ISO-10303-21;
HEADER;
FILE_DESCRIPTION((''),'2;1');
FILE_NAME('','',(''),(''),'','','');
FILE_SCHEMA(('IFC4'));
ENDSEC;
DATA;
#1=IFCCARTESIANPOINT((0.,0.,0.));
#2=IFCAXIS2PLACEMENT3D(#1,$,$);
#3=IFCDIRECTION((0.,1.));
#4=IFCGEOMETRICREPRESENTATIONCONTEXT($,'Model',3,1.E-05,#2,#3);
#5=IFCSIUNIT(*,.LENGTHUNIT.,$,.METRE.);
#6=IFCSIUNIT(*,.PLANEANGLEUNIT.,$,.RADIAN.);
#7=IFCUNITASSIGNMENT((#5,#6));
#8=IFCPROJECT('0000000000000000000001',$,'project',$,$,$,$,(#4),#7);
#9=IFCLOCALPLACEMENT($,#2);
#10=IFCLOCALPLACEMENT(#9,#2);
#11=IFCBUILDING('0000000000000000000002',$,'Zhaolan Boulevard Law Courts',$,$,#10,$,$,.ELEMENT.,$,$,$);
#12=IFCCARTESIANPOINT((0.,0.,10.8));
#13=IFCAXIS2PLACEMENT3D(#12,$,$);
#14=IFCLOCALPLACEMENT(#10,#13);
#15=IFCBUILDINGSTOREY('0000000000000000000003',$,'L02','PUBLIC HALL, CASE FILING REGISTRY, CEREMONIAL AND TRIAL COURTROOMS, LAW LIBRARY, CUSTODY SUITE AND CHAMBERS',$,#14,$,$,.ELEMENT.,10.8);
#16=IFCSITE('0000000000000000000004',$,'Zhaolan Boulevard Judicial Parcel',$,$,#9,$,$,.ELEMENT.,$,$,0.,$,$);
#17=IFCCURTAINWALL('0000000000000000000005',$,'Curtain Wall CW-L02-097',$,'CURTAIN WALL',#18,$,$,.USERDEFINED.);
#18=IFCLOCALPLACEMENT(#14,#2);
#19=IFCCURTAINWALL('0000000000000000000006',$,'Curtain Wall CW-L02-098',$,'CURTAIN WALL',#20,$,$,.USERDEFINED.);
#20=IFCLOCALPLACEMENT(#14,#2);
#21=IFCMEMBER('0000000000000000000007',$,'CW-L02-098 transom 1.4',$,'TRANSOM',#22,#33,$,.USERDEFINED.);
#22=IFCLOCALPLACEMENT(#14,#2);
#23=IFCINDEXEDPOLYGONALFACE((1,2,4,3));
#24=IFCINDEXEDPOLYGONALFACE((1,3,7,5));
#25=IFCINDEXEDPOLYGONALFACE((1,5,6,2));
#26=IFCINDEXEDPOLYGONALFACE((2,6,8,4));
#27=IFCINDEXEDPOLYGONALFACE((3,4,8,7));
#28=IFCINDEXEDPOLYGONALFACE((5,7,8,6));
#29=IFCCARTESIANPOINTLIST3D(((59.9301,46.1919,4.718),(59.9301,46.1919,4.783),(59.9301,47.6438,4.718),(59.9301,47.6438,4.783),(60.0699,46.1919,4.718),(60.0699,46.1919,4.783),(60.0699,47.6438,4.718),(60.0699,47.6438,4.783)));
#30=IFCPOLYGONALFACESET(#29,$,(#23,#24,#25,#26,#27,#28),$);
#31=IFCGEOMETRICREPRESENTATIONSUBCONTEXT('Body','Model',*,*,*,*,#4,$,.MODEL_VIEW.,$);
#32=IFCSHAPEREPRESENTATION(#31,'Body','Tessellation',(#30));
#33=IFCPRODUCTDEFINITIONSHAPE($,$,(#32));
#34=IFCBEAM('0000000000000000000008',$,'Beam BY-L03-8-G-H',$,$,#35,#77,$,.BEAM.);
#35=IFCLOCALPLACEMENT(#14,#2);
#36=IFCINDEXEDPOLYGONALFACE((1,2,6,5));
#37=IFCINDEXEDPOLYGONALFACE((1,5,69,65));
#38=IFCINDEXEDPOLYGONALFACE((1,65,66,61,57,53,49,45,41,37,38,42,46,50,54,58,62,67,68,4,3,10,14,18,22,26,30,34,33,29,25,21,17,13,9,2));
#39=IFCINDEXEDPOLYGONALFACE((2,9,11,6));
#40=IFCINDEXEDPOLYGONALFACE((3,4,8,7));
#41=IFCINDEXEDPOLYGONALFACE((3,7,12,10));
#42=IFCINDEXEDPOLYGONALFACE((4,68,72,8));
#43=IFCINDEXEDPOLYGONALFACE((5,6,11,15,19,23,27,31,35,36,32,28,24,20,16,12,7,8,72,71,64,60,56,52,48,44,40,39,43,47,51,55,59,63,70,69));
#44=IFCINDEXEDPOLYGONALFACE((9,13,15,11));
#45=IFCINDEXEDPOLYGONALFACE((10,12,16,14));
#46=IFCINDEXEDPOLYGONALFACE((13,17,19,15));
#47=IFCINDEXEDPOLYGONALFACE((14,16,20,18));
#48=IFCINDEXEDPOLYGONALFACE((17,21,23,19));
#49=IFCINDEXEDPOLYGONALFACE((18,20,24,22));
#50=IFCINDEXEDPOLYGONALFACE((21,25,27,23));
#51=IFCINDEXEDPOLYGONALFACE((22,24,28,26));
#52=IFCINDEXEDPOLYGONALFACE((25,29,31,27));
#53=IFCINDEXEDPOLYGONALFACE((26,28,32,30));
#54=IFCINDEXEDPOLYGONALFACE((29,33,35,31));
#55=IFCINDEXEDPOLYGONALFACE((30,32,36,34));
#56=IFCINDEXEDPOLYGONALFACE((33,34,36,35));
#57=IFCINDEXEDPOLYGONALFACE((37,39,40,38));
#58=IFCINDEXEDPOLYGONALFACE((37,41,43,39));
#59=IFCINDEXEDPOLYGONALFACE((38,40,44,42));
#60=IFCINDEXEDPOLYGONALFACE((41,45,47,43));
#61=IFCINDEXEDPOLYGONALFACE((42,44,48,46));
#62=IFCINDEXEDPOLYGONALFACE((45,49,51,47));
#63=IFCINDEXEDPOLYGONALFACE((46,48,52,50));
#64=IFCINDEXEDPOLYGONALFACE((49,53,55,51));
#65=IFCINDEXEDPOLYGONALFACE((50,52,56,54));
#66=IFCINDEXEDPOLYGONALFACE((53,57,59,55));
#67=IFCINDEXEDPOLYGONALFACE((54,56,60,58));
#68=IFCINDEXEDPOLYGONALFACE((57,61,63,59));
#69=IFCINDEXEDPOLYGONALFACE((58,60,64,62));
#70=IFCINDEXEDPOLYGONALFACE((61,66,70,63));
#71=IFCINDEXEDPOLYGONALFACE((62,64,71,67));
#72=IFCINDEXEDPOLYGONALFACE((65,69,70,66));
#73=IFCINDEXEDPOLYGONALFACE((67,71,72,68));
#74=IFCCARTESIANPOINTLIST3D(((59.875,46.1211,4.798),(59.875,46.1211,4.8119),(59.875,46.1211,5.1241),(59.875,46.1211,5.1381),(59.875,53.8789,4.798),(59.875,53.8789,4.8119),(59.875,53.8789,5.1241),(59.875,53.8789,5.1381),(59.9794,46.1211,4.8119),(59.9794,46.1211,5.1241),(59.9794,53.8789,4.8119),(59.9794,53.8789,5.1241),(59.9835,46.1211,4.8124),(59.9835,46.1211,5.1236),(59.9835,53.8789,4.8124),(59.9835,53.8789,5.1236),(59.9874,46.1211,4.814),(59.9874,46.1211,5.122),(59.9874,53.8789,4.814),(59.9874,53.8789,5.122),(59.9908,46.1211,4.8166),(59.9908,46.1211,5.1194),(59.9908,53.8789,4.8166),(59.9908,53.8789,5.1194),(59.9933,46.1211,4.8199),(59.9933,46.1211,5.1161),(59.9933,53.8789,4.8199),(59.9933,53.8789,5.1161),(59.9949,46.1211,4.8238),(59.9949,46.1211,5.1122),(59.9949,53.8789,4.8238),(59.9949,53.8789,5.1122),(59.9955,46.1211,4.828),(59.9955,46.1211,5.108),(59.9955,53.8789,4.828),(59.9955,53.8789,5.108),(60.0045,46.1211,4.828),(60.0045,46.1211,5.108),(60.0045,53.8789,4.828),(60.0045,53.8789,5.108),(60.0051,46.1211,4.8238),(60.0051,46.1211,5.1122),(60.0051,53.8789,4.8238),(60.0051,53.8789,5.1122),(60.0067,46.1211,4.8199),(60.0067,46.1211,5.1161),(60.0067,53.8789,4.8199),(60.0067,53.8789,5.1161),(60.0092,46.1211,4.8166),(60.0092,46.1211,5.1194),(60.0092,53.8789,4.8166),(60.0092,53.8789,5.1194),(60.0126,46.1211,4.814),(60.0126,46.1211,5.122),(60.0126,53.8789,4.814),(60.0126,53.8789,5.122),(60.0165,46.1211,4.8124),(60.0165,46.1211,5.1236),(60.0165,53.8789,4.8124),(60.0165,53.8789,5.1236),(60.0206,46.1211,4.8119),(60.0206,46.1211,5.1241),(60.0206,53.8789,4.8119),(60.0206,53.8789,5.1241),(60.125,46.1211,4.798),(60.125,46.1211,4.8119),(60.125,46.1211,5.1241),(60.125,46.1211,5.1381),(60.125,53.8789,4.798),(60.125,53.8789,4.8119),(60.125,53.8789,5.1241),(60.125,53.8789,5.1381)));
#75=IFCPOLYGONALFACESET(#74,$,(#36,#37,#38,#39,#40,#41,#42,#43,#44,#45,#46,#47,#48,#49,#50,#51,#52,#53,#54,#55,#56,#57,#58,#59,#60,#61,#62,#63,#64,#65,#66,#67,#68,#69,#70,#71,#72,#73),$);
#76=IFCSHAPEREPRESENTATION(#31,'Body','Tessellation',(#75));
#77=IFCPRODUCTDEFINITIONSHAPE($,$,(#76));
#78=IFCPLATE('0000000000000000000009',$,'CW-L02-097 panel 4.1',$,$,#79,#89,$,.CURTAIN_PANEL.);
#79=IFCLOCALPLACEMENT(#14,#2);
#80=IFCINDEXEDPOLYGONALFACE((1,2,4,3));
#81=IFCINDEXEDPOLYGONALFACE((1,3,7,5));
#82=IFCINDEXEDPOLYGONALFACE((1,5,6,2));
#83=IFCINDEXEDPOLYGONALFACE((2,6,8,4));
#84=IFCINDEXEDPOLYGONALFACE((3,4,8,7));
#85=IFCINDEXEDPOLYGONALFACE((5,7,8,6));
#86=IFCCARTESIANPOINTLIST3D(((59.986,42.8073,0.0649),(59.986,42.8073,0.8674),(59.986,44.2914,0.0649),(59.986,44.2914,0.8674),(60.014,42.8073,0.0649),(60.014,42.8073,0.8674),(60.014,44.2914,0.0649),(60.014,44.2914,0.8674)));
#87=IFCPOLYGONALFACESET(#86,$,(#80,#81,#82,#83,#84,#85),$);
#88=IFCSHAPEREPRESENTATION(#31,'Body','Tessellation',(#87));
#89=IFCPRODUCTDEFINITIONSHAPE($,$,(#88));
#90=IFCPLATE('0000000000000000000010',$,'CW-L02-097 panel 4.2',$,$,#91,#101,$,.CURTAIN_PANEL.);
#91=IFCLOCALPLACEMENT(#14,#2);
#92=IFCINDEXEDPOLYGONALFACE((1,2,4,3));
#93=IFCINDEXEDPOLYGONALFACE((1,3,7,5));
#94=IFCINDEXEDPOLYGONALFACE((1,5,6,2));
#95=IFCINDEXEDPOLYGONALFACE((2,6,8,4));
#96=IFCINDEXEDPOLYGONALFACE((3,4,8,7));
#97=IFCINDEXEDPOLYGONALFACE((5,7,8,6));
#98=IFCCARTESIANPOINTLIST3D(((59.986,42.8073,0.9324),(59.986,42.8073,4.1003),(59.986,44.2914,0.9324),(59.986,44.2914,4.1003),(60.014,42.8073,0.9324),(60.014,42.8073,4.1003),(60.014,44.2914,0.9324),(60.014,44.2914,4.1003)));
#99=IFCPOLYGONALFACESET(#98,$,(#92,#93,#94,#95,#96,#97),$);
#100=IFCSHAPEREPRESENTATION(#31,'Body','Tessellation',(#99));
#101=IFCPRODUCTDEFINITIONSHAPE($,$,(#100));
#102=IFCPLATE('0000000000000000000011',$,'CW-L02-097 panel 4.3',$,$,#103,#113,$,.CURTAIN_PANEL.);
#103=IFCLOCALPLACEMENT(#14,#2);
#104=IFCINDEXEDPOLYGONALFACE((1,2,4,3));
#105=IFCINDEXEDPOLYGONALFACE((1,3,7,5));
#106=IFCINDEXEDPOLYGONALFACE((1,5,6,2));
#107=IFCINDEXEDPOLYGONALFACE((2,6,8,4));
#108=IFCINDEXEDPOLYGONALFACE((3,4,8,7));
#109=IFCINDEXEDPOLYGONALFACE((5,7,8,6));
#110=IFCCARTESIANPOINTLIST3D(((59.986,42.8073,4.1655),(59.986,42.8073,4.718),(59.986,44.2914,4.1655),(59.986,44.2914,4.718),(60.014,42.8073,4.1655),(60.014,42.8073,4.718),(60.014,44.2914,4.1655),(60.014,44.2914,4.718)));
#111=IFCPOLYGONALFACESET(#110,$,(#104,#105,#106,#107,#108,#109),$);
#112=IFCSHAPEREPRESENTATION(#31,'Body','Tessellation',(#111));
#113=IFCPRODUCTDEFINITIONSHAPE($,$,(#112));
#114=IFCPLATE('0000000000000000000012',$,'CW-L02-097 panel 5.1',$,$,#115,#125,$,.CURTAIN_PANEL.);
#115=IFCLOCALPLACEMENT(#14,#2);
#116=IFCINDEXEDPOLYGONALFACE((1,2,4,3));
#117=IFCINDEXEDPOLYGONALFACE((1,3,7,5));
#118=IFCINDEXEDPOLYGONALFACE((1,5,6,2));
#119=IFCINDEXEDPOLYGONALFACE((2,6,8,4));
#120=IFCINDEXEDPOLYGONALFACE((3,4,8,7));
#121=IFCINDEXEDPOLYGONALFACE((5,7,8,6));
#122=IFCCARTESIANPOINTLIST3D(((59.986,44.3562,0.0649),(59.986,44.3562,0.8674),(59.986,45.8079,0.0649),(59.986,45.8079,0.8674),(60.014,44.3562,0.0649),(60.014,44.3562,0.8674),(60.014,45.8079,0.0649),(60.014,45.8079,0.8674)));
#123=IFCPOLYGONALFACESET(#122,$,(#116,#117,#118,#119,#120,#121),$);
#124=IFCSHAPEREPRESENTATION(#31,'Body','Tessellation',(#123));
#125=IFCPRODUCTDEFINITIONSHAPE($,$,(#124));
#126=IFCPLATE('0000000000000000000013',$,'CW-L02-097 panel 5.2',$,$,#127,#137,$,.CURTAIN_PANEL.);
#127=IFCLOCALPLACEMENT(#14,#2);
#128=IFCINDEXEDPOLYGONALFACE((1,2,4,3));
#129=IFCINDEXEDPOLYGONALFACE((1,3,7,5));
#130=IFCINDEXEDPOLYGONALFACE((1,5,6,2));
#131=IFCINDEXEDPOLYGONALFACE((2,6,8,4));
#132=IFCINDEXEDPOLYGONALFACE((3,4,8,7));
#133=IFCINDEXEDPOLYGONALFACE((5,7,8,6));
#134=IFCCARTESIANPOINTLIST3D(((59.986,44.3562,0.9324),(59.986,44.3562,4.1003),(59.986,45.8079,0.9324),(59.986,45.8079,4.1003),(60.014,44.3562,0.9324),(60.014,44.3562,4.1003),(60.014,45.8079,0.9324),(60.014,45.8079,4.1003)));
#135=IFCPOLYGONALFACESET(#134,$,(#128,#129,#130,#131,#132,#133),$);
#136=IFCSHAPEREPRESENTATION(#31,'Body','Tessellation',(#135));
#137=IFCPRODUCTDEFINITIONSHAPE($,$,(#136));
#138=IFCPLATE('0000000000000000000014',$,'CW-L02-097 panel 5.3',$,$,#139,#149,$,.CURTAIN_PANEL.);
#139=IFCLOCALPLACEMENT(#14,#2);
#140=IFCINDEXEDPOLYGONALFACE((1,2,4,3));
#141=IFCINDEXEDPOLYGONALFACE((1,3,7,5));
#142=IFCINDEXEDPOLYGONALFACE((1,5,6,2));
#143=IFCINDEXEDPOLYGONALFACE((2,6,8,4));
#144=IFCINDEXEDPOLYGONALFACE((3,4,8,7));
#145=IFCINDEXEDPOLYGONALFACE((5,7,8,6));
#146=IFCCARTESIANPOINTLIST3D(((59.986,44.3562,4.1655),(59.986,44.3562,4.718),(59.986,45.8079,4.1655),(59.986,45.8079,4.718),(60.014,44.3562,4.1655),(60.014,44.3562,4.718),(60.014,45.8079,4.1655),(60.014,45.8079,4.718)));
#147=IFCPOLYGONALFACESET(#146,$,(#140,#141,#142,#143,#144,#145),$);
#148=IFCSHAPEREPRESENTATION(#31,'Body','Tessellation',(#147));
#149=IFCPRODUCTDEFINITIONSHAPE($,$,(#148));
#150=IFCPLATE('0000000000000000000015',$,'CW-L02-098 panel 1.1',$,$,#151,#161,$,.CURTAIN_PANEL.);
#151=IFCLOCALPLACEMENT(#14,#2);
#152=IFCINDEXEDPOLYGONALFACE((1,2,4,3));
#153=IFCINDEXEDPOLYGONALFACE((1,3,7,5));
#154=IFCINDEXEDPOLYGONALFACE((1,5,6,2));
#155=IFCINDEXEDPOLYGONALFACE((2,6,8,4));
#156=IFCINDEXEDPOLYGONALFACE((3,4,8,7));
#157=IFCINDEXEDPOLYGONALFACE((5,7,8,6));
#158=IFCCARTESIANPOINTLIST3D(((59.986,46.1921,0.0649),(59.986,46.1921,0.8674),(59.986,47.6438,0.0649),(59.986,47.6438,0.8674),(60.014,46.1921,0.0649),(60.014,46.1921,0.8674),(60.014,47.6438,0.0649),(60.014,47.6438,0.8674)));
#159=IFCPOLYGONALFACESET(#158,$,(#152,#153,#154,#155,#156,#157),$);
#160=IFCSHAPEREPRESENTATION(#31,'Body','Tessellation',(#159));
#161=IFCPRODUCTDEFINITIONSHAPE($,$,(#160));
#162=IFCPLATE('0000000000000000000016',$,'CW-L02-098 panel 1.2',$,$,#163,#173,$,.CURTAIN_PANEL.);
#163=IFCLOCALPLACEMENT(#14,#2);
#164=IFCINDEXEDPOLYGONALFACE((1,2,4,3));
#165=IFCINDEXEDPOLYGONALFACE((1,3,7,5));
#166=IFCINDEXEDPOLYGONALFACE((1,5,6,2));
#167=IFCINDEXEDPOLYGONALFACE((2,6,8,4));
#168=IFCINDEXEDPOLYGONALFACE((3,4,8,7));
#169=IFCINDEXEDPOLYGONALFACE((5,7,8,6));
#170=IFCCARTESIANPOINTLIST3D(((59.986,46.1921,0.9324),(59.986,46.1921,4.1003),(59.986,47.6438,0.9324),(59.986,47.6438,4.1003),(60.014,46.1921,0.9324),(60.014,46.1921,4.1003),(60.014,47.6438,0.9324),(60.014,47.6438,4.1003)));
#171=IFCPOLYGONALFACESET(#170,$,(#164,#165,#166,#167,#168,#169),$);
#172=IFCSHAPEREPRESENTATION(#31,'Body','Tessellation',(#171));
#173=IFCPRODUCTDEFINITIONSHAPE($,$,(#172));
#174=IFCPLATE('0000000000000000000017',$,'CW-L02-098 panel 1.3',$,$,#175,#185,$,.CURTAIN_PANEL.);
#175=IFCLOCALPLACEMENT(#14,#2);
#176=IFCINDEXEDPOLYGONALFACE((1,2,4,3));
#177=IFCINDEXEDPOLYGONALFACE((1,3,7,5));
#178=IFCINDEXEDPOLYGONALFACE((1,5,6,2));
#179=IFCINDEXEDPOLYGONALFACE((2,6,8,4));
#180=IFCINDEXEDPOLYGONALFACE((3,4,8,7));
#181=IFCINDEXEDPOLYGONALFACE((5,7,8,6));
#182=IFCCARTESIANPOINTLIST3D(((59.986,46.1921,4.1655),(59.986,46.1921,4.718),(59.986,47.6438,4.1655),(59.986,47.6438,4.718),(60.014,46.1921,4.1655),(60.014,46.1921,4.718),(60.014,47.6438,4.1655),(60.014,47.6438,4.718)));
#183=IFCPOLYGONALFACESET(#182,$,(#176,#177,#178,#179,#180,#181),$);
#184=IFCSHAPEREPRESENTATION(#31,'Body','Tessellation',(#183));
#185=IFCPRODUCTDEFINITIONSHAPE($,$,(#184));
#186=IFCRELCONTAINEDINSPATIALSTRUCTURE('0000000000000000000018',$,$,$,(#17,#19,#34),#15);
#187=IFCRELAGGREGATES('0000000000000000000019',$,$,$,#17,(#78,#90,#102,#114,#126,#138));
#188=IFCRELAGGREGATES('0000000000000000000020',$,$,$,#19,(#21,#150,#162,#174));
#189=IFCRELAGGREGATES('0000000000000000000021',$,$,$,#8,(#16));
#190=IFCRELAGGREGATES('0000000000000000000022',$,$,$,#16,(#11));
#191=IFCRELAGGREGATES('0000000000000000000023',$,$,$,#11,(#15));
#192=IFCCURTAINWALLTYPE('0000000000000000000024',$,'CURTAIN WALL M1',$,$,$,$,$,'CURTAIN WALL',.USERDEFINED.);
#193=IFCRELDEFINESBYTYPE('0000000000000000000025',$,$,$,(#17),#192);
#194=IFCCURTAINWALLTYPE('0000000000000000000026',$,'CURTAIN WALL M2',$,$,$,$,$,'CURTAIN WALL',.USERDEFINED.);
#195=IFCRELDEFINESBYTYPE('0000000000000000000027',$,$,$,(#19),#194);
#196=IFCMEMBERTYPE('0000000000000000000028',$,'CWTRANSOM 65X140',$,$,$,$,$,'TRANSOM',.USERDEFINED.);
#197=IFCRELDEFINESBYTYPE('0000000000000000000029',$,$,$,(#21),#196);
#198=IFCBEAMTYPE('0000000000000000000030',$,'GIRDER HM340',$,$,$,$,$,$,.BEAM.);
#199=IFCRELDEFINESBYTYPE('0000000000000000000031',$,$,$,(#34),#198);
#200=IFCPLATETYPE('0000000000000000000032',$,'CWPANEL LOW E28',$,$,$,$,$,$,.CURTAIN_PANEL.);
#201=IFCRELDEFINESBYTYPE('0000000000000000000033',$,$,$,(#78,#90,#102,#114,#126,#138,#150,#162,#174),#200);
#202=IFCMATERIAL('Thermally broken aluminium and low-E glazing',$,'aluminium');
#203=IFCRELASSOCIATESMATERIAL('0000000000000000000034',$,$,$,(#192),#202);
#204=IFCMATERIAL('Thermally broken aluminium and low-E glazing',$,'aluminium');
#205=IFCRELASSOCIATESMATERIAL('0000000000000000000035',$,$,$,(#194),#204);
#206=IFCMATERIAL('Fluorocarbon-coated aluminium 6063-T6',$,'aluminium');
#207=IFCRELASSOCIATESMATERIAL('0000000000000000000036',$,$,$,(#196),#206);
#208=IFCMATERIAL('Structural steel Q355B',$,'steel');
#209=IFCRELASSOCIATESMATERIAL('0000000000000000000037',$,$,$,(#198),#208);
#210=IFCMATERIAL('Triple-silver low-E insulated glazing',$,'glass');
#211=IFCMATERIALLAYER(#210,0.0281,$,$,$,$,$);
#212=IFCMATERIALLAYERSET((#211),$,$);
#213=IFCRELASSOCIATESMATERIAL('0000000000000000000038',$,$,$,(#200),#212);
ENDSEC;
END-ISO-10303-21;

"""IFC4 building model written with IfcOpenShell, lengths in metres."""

from ifc_helpers import new_model, si_unit, direction, frame, origin, origin_2d, place, context, subcontext, project, spatial, rectangle, i_section, extrude, material, layer, layer_set, material_profile, profile_set, type_object, element, aggregate, save


model = new_model("IFC4")

# Units and contexts
model_context = context("Model", 3, precision=1e-05, world=origin(), true_north=direction((0.0, 1.0)))
body_context = subcontext(model_context, "Body", "Model", "MODEL_VIEW")
ifc_project = project(units=[si_unit("LENGTHUNIT", "METRE"), si_unit("PLANEANGLEUNIT", "RADIAN")], contexts=[model_context])

# Site, building, storey
site_placement = place(None, origin())
site = spatial("IfcSite", under=ifc_project, at=site_placement, Name="Zhaolan Boulevard Judicial Parcel", CompositionType="ELEMENT", RefElevation=0.0)
building_placement = place(site_placement, origin())
building = spatial("IfcBuilding", under=site, at=building_placement, Name="Zhaolan Boulevard Law Courts", CompositionType="ELEMENT")
storey_placement = place(building_placement, frame((0.0, 0.0, 10.8)))
storey = spatial("IfcBuildingStorey", under=building, at=storey_placement, Name="L02", Description="PUBLIC HALL, CASE FILING REGISTRY, CEREMONIAL AND TRIAL COURTROOMS, LAW LIBRARY, CUSTODY SUITE AND CHAMBERS", CompositionType="ELEMENT", Elevation=10.8)

# Curtain wall
ifc_material_1 = material(Name="Thermally broken aluminium and low-E glazing", Category="aluminium")
curtain_wall_type_1 = type_object("IfcCurtainWallType", Name="CURTAIN WALL M1", ElementType="CURTAIN WALL", PredefinedType="USERDEFINED", material=ifc_material_1)
curtain_wall_1_placement = place(storey_placement, origin())
curtain_wall_1 = element("IfcCurtainWall", 1, at=curtain_wall_1_placement, inside=storey, type_object=curtain_wall_type_1, Name="Curtain Wall CW-L02-097", ObjectType="CURTAIN WALL", PredefinedType="USERDEFINED")

# Curtain wall
ifc_material_2 = material(Name="Thermally broken aluminium and low-E glazing", Category="aluminium")
curtain_wall_type_2 = type_object("IfcCurtainWallType", Name="CURTAIN WALL M2", ElementType="CURTAIN WALL", PredefinedType="USERDEFINED", material=ifc_material_2)
curtain_wall_2_placement = place(storey_placement, origin())
curtain_wall_2 = element("IfcCurtainWall", 2, at=curtain_wall_2_placement, inside=storey, type_object=curtain_wall_type_2, Name="Curtain Wall CW-L02-098", ObjectType="CURTAIN WALL", PredefinedType="USERDEFINED")

# Member
ifc_material_3 = material(Name="Fluorocarbon-coated aluminium 6063-T6", Category="aluminium")
ifc_material_profile_1 = material_profile(ifc_material_3, rectangle(XDim=0.1399, YDim=0.0649, at=origin_2d()), Name="AL65x140")
ifc_profile_set_1 = profile_set([ifc_material_profile_1], Name="Fluorocarbon-coated aluminium 6063-T6")
member_type_1 = type_object("IfcMemberType", Name="CWTRANSOM 65X140", ElementType="TRANSOM", PredefinedType="USERDEFINED", material=ifc_profile_set_1)
member_1_placement = place(storey_placement, frame((60.0, 46.1919, 4.7505), z_axis=(0.0, 1.0, 0.0), x_axis=(-1.0, 0.0, 0.0)))
member_1 = element("IfcMember", 3, at=member_1_placement, type_object=member_type_1, Name="CW-L02-098 transom 1.4", ObjectType="TRANSOM", PredefinedType="USERDEFINED", context=body_context, shape_type="SweptSolid", body=[
    extrude(rectangle(XDim=0.1399, YDim=0.0649, at=origin_2d()), origin(), (0.0, 0.0, 1.0), 1.4519),
])

# Beam
ifc_material_4 = material(Name="Structural steel Q355B", Category="steel")
ifc_material_profile_2 = material_profile(ifc_material_4, i_section(OverallWidth=0.25, OverallDepth=0.3401, WebThickness=0.009, FlangeThickness=0.0139, FilletRadius=0.0161, at=origin_2d()), Name="HM340x250")
ifc_profile_set_2 = profile_set([ifc_material_profile_2], Name="Structural steel Q355B")
beam_type = type_object("IfcBeamType", Name="GIRDER HM340", PredefinedType="BEAM", material=ifc_profile_set_2)
beam_placement = place(storey_placement, frame((60.0, 46.1211, 4.968), z_axis=(0.0, 1.0, 0.0), x_axis=(-1.0, 0.0, 0.0)))
element("IfcBeam", 4, at=beam_placement, inside=storey, type_object=beam_type, Name="Beam BY-L03-8-G-H", PredefinedType="BEAM", context=body_context, shape_type="SweptSolid", body=[
    extrude(i_section(OverallWidth=0.25, OverallDepth=0.3401, WebThickness=0.009, FlangeThickness=0.0139, FilletRadius=0.0161, at=origin_2d()), origin(), (0.0, 0.0, 1.0), 7.7578),
])

# Plates
ifc_material_5 = material(Name="Triple-silver low-E insulated glazing", Category="glass")
ifc_layer = layer(ifc_material_5, 0.0281)
ifc_layer_set = layer_set([ifc_layer])
plate_type = type_object("IfcPlateType", Name="CWPANEL LOW E28", PredefinedType="CURTAIN_PANEL", material=ifc_layer_set)
plate_1_placement = place(storey_placement, frame((60.0, 43.5493, 0.0649), z_axis=(0.0, 0.0, 1.0), x_axis=(0.0, 1.0, 0.0)))
plate_1 = element("IfcPlate", 5, at=plate_1_placement, type_object=plate_type, Name="CW-L02-097 panel 4.1", PredefinedType="CURTAIN_PANEL", context=body_context, shape_type="SweptSolid", body=[
    extrude(rectangle(XDim=1.4841, YDim=0.0281, at=origin_2d()), origin(), (0.0, 0.0, 1.0), 0.8025),
])
plate_2_placement = place(storey_placement, frame((60.0, 43.5493, 0.9324), z_axis=(0.0, 0.0, 1.0), x_axis=(0.0, 1.0, 0.0)))
plate_2 = element("IfcPlate", 6, at=plate_2_placement, type_object=plate_type, Name="CW-L02-097 panel 4.2", PredefinedType="CURTAIN_PANEL", context=body_context, shape_type="SweptSolid", body=[
    extrude(rectangle(XDim=1.4841, YDim=0.0281, at=origin_2d()), origin(), (0.0, 0.0, 1.0), 3.168),
])
plate_3_placement = place(storey_placement, frame((60.0, 43.5493, 4.1655), z_axis=(0.0, 0.0, 1.0), x_axis=(0.0, 1.0, 0.0)))
plate_3 = element("IfcPlate", 7, at=plate_3_placement, type_object=plate_type, Name="CW-L02-097 panel 4.3", PredefinedType="CURTAIN_PANEL", context=body_context, shape_type="SweptSolid", body=[
    extrude(rectangle(XDim=1.4841, YDim=0.0281, at=origin_2d()), origin(), (0.0, 0.0, 1.0), 0.5525),
])
plate_4_placement = place(storey_placement, frame((60.0, 45.082, 0.0649), z_axis=(0.0, 0.0, 1.0), x_axis=(0.0, 1.0, 0.0)))
plate_4 = element("IfcPlate", 8, at=plate_4_placement, type_object=plate_type, Name="CW-L02-097 panel 5.1", PredefinedType="CURTAIN_PANEL", context=body_context, shape_type="SweptSolid", body=[
    extrude(rectangle(XDim=1.4517, YDim=0.0281, at=origin_2d()), origin(), (0.0, 0.0, 1.0), 0.8025),
])
plate_5_placement = place(storey_placement, frame((60.0, 45.082, 0.9324), z_axis=(0.0, 0.0, 1.0), x_axis=(0.0, 1.0, 0.0)))
plate_5 = element("IfcPlate", 9, at=plate_5_placement, type_object=plate_type, Name="CW-L02-097 panel 5.2", PredefinedType="CURTAIN_PANEL", context=body_context, shape_type="SweptSolid", body=[
    extrude(rectangle(XDim=1.4517, YDim=0.0281, at=origin_2d()), origin(), (0.0, 0.0, 1.0), 3.168),
])
plate_6_placement = place(storey_placement, frame((60.0, 45.082, 4.1655), z_axis=(0.0, 0.0, 1.0), x_axis=(0.0, 1.0, 0.0)))
plate_6 = element("IfcPlate", 10, at=plate_6_placement, type_object=plate_type, Name="CW-L02-097 panel 5.3", PredefinedType="CURTAIN_PANEL", context=body_context, shape_type="SweptSolid", body=[
    extrude(rectangle(XDim=1.4517, YDim=0.0281, at=origin_2d()), origin(), (0.0, 0.0, 1.0), 0.5525),
])
aggregate(curtain_wall_1, [plate_1, plate_2, plate_3, plate_4, plate_5, plate_6])
plate_7_placement = place(storey_placement, frame((60.0, 46.918, 0.0649), z_axis=(0.0, 0.0, 1.0), x_axis=(0.0, 1.0, 0.0)))
plate_7 = element("IfcPlate", 11, at=plate_7_placement, type_object=plate_type, Name="CW-L02-098 panel 1.1", PredefinedType="CURTAIN_PANEL", context=body_context, shape_type="SweptSolid", body=[
    extrude(rectangle(XDim=1.4517, YDim=0.0281, at=origin_2d()), origin(), (0.0, 0.0, 1.0), 0.8025),
])
plate_8_placement = place(storey_placement, frame((60.0, 46.918, 0.9324), z_axis=(0.0, 0.0, 1.0), x_axis=(0.0, 1.0, 0.0)))
plate_8 = element("IfcPlate", 12, at=plate_8_placement, type_object=plate_type, Name="CW-L02-098 panel 1.2", PredefinedType="CURTAIN_PANEL", context=body_context, shape_type="SweptSolid", body=[
    extrude(rectangle(XDim=1.4517, YDim=0.0281, at=origin_2d()), origin(), (0.0, 0.0, 1.0), 3.168),
])
plate_9_placement = place(storey_placement, frame((60.0, 46.918, 4.1655), z_axis=(0.0, 0.0, 1.0), x_axis=(0.0, 1.0, 0.0)))
plate_9 = element("IfcPlate", 13, at=plate_9_placement, type_object=plate_type, Name="CW-L02-098 panel 1.3", PredefinedType="CURTAIN_PANEL", context=body_context, shape_type="SweptSolid", body=[
    extrude(rectangle(XDim=1.4517, YDim=0.0281, at=origin_2d()), origin(), (0.0, 0.0, 1.0), 0.5525),
])
aggregate(curtain_wall_2, [member_1, plate_7, plate_8, plate_9])

save(model, "model.ifc")
